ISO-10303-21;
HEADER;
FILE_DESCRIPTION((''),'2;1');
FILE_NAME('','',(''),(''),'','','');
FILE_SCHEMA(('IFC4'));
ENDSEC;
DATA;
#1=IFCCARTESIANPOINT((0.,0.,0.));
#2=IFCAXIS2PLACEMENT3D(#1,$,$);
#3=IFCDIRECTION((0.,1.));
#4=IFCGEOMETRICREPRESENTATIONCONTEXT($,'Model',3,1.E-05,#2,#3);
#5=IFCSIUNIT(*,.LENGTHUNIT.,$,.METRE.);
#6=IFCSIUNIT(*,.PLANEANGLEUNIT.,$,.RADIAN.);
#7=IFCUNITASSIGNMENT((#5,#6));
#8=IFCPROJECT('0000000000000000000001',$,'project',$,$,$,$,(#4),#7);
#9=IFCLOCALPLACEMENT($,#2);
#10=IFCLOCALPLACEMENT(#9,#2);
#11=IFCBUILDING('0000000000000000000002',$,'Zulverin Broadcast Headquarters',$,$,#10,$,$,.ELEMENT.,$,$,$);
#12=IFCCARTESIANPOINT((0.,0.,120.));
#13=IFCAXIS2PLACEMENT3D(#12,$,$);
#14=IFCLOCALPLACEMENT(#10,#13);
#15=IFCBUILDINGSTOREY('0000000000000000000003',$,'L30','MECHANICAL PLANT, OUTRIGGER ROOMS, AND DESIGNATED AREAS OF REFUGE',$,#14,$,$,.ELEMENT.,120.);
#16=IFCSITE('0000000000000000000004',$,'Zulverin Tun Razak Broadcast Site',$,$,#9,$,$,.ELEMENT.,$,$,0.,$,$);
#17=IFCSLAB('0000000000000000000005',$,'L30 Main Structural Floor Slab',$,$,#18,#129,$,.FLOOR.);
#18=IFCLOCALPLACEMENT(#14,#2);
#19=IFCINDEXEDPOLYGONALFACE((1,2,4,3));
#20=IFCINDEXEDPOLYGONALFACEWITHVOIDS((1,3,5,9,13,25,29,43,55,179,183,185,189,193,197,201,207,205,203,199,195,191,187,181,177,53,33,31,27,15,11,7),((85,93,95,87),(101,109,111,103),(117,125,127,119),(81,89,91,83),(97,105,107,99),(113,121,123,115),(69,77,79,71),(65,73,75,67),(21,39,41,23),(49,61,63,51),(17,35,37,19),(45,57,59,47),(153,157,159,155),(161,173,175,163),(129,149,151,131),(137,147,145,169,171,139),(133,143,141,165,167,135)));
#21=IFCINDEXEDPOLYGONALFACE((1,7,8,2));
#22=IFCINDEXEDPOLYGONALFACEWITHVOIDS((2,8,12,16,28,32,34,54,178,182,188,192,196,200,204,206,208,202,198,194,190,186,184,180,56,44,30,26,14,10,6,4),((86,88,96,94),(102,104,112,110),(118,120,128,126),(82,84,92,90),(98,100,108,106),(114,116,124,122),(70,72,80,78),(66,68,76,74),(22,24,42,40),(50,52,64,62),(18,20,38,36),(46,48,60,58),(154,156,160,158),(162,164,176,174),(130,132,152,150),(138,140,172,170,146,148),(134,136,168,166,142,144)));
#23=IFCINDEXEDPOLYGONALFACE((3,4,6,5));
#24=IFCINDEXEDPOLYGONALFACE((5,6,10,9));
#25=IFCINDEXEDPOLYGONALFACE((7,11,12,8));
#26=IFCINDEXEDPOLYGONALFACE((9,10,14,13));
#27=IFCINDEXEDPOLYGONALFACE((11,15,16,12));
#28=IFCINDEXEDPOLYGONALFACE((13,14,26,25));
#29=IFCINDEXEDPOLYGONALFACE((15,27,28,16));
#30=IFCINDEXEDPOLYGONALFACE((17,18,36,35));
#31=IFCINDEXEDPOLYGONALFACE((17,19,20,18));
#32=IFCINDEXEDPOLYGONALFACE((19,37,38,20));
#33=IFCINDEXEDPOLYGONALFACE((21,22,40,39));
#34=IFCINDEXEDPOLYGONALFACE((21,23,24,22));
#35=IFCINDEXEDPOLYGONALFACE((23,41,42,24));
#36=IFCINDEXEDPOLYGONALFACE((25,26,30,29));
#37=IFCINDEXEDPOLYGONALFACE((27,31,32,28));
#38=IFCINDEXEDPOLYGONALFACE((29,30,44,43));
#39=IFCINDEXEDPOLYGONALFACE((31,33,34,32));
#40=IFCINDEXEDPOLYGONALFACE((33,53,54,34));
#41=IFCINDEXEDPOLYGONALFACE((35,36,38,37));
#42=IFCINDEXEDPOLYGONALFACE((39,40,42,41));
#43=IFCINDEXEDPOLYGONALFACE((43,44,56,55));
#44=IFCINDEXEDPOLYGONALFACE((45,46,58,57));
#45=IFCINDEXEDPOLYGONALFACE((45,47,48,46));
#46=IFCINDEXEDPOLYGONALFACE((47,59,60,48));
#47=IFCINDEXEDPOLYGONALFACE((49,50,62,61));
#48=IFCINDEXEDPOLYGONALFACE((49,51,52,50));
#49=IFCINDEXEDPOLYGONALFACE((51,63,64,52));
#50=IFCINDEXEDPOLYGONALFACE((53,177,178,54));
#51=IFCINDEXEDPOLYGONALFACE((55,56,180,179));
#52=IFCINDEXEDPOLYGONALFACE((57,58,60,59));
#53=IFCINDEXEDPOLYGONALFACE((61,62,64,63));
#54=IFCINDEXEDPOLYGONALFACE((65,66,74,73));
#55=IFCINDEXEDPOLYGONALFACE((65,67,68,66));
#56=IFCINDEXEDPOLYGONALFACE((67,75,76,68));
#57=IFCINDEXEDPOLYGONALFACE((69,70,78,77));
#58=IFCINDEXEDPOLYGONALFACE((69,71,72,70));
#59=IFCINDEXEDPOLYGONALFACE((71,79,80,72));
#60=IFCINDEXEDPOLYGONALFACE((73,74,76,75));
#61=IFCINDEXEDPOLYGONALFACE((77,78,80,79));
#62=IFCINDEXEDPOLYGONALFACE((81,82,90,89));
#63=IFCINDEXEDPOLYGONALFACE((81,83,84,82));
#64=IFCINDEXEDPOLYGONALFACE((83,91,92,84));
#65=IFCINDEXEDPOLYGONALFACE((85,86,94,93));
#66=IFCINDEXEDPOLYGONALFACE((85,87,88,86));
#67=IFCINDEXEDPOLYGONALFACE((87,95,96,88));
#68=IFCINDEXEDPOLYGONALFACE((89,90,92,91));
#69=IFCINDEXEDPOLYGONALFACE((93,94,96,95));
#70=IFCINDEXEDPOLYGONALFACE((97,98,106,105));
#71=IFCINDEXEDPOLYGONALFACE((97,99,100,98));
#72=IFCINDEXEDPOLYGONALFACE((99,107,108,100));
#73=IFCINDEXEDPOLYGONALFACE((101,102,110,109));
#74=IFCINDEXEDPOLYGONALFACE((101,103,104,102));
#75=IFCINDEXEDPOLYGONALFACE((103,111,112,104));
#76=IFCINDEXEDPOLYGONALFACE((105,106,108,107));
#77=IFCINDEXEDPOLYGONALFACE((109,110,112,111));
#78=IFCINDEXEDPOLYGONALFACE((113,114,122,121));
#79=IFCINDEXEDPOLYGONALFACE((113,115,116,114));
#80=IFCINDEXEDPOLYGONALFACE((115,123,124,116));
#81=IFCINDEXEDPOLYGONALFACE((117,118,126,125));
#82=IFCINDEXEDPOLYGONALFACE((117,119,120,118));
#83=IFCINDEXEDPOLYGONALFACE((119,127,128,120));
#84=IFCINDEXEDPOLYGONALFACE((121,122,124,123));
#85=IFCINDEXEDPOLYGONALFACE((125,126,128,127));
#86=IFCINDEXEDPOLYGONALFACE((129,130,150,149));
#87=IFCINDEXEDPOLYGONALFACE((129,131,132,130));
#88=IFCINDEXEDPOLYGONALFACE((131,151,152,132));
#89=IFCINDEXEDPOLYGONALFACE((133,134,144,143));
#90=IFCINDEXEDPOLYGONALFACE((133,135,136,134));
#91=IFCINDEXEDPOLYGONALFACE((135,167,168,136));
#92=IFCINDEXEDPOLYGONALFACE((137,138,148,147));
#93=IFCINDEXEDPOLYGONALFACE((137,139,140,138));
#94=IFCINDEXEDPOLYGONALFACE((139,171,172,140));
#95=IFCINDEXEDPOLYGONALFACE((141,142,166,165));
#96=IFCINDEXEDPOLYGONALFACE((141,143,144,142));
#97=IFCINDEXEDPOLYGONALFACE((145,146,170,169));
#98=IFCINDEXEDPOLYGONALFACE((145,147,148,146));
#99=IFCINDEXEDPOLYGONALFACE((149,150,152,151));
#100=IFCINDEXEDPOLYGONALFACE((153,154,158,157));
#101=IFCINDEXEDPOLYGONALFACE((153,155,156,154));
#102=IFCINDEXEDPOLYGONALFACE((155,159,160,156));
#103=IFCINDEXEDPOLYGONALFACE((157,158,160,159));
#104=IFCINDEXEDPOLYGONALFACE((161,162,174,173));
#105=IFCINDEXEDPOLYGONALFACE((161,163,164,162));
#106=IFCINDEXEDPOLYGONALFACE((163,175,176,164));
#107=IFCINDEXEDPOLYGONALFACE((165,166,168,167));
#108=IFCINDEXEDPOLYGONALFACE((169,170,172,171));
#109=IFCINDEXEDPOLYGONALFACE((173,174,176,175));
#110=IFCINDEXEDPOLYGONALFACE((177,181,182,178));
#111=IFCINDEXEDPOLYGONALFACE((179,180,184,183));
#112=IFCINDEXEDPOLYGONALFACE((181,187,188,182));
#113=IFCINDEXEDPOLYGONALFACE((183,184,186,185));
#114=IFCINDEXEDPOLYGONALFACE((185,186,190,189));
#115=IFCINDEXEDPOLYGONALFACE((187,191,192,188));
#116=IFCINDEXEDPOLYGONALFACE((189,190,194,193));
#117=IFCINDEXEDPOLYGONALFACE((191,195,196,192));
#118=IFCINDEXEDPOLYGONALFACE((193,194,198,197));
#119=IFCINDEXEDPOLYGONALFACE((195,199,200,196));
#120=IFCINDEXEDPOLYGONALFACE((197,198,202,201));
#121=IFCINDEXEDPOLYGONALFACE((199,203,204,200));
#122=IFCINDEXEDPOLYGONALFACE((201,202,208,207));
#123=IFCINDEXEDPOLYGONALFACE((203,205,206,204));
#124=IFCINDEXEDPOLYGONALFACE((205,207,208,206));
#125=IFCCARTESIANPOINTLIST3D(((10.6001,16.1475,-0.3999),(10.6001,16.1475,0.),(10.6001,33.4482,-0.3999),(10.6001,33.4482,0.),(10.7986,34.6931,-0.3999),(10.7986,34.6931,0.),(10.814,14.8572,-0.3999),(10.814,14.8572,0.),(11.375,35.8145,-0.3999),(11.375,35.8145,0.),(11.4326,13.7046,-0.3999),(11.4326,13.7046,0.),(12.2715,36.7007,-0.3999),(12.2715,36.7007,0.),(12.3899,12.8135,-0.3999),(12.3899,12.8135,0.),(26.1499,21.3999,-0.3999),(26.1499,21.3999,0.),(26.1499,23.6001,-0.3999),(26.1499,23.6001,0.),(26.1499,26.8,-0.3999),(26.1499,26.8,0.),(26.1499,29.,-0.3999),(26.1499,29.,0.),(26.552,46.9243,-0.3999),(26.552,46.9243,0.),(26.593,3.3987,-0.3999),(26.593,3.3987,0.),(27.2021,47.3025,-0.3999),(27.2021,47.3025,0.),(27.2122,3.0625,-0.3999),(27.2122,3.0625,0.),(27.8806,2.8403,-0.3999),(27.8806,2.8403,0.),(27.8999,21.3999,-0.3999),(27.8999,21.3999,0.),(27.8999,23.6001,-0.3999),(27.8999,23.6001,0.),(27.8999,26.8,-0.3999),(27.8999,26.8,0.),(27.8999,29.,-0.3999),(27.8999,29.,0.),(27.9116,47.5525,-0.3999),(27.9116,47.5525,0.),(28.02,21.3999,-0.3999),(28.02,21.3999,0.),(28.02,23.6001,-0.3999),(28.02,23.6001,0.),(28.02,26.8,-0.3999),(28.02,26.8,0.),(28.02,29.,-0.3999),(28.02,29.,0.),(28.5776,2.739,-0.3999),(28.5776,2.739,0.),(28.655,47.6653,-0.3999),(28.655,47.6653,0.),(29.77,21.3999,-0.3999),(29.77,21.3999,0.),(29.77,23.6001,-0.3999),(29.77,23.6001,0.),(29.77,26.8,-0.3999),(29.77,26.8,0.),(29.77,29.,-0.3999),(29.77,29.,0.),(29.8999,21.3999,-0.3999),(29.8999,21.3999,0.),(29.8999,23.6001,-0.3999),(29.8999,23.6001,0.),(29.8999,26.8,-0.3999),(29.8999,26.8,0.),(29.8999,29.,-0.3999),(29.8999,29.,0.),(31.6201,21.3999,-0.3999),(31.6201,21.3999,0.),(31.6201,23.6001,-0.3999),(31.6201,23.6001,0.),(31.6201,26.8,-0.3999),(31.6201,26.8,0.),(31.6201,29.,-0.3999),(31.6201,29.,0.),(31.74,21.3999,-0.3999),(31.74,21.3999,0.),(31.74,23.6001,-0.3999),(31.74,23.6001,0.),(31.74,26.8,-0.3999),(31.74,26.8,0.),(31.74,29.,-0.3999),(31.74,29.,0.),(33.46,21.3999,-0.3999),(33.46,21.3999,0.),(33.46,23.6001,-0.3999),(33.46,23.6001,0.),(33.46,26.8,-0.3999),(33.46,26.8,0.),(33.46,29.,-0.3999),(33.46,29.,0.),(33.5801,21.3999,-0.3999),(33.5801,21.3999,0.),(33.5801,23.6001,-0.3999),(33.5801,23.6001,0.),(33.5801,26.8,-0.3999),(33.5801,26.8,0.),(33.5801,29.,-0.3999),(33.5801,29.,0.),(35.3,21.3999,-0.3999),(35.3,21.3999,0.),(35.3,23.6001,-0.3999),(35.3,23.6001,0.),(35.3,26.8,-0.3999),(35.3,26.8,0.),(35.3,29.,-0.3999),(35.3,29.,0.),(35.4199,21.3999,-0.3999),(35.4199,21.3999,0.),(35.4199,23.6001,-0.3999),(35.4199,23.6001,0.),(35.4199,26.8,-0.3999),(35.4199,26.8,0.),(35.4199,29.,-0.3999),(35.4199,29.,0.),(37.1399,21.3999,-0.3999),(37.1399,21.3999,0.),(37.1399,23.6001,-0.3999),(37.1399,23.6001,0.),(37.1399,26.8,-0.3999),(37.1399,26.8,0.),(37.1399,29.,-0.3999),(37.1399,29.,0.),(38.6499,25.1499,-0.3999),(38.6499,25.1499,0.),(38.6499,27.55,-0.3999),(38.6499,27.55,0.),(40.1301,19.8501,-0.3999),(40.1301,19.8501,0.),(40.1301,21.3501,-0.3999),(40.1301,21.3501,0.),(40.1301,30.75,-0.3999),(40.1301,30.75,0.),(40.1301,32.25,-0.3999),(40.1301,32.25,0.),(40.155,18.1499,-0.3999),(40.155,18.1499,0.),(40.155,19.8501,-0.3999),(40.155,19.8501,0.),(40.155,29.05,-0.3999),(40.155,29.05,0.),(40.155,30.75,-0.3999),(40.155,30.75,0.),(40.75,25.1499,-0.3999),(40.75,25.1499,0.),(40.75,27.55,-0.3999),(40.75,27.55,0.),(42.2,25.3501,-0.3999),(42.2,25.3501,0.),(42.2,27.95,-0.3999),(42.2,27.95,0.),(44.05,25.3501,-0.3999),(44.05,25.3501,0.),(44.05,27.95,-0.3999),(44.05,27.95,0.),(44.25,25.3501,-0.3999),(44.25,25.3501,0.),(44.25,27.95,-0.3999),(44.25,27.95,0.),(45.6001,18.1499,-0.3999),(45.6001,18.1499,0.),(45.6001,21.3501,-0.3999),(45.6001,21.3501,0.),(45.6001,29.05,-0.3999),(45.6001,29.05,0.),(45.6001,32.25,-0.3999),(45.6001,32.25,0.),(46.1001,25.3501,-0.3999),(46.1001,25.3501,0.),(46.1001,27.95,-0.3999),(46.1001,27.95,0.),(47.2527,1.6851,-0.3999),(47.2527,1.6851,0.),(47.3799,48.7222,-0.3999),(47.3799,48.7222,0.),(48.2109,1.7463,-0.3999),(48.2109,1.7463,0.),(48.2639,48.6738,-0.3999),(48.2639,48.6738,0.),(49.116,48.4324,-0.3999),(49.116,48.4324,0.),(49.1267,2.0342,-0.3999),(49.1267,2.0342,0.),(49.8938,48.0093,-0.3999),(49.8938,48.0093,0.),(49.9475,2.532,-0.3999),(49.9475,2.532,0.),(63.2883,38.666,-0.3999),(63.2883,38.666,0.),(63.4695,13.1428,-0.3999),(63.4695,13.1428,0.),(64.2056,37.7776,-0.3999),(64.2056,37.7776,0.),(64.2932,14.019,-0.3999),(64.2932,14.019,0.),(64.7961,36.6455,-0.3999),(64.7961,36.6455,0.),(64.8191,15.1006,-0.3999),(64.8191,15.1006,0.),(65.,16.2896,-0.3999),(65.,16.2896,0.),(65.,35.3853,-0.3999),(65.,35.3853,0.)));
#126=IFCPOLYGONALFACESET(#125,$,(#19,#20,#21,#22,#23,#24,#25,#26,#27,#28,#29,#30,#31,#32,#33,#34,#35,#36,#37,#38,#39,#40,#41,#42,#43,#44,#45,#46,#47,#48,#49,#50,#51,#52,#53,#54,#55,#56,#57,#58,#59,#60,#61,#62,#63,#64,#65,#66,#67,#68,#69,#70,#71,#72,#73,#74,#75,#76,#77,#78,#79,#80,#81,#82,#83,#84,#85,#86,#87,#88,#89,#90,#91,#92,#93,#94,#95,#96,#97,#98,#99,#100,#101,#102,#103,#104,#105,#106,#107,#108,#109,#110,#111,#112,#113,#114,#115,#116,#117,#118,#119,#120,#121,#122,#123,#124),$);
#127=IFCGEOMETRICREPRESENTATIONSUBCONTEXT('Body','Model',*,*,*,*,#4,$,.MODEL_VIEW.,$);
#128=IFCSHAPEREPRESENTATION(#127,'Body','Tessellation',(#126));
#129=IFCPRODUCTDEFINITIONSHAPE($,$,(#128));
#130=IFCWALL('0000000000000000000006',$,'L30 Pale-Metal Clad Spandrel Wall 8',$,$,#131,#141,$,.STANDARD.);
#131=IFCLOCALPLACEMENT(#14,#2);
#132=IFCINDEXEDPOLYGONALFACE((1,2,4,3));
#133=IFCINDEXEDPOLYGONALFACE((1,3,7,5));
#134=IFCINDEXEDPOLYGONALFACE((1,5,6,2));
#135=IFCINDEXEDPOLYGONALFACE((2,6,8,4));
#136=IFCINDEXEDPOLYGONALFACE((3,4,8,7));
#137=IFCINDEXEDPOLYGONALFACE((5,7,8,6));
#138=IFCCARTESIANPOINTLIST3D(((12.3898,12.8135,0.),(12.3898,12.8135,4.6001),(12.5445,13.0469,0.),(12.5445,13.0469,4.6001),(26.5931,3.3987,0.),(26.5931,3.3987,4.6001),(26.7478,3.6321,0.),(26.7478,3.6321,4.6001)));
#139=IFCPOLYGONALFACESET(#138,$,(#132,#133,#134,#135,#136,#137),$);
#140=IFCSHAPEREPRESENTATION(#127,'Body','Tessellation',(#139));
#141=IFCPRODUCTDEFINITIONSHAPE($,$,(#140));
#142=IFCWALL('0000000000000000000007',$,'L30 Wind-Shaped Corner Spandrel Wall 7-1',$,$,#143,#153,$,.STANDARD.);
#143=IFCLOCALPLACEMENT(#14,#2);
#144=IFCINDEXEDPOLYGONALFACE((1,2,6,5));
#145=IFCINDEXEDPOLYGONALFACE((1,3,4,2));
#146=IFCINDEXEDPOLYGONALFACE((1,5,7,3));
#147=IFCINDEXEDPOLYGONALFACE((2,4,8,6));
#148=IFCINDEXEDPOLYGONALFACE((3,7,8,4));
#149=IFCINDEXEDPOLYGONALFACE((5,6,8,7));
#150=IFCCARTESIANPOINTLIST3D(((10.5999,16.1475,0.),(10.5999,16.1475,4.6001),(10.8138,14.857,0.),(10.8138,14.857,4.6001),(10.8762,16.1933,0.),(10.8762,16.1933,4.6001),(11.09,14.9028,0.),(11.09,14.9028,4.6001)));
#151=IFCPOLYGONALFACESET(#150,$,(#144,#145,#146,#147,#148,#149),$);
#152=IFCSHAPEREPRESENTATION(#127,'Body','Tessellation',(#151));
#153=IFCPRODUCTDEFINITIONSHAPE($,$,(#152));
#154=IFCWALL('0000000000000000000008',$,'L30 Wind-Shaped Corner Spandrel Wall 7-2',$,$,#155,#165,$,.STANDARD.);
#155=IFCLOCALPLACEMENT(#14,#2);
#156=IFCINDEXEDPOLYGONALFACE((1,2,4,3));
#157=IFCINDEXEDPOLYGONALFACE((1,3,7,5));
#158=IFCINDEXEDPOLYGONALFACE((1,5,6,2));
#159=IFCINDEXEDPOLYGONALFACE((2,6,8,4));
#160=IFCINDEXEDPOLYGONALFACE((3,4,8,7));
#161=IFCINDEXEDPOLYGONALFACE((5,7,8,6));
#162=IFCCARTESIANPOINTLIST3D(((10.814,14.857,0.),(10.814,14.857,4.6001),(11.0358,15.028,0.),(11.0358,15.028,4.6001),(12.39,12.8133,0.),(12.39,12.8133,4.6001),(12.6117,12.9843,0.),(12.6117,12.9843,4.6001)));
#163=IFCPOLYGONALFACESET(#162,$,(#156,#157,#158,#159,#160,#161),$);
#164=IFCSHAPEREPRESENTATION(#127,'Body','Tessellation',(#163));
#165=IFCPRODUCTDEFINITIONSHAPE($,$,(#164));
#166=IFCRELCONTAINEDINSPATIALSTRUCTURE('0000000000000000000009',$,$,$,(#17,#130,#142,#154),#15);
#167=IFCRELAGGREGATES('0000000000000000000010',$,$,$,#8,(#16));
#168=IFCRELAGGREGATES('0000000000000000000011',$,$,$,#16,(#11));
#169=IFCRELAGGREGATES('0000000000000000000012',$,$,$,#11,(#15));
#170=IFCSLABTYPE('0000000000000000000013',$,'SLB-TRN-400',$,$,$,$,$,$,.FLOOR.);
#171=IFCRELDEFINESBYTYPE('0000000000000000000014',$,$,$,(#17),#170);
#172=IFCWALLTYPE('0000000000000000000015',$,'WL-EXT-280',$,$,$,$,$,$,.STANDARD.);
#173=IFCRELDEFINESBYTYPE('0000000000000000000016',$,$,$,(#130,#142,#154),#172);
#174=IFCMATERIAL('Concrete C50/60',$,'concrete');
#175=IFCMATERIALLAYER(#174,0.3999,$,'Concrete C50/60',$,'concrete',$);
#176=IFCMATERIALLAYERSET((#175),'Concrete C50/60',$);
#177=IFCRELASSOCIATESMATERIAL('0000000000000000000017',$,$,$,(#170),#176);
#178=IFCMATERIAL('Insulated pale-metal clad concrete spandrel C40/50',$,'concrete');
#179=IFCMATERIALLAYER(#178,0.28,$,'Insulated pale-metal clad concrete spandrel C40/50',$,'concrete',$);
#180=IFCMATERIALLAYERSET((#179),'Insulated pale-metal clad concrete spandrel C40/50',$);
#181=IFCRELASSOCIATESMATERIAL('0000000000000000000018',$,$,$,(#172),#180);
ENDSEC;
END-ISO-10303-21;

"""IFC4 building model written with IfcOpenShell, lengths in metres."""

from ifc_helpers import new_model, si_unit, direction, frame, frame_2d, origin, place, context, subcontext, project, spatial, polyline, rectangle, outline, extrude, material, layer, layer_set, type_object, element, save


model = new_model("IFC4")

# Units and contexts
model_context = context("Model", 3, precision=1e-05, world=origin(), true_north=direction((0.0, 1.0)))
body_context = subcontext(model_context, "Body", "Model", "MODEL_VIEW")
ifc_project = project(units=[si_unit("LENGTHUNIT", "METRE"), si_unit("PLANEANGLEUNIT", "RADIAN")], contexts=[model_context])

# Site, building, storey
site_placement = place(None, origin())
site = spatial("IfcSite", under=ifc_project, at=site_placement, Name="Zulverin Tun Razak Broadcast Site", CompositionType="ELEMENT", RefElevation=0.0)
building_placement = place(site_placement, origin())
building = spatial("IfcBuilding", under=site, at=building_placement, Name="Zulverin Broadcast Headquarters", CompositionType="ELEMENT")
storey_placement = place(building_placement, frame((0.0, 0.0, 120.0)))
storey = spatial("IfcBuildingStorey", under=building, at=storey_placement, Name="L30", Description="MECHANICAL PLANT, OUTRIGGER ROOMS, AND DESIGNATED AREAS OF REFUGE", CompositionType="ELEMENT", Elevation=120.0)

# Slab
ifc_material_1 = material(Name="Concrete C50/60", Category="concrete")
ifc_layer_1 = layer(ifc_material_1, 0.3999, Name="Concrete C50/60", Category="concrete")
ifc_layer_set_1 = layer_set([ifc_layer_1], Name="Concrete C50/60")
slab_type_1 = type_object("IfcSlabType", Name="SLB-TRN-400", PredefinedType="FLOOR", material=ifc_layer_set_1)
slab_1_placement = place(storey_placement, frame((0.0, 0.0, -0.3999)))
element("IfcSlab", 1, at=slab_1_placement, inside=storey, type_object=slab_type_1, Name="L30 Main Structural Floor Slab", PredefinedType="FLOOR", context=body_context, shape_type="SweptSolid", body=[
    extrude(outline(polyline([(26.593, 3.3987), (27.2122, 3.0625), (27.8806, 2.8403), (28.5776, 2.739), (47.2527, 1.6851), (48.2109, 1.7463), (49.1267, 2.0342), (49.9475, 2.532), (63.4695, 13.1428), (64.2932, 14.019), (64.8191, 15.1006), (65.0, 16.2896), (65.0, 35.3853), (64.7961, 36.6455), (64.2056, 37.7776), (63.2883, 38.666), (49.8938, 48.0093), (49.116, 48.4324), (48.2639, 48.6738), (47.3799, 48.7222), (28.655, 47.6653), (27.9116, 47.5525), (27.2021, 47.3025), (26.552, 46.9243), (12.2715, 36.7007), (11.375, 35.8145), (10.7986, 34.6931), (10.6001, 33.4482), (10.6001, 16.1475), (10.814, 14.8572), (11.4326, 13.7046), (12.3899, 12.8135), (26.593, 3.3987)]), holes=[polyline([(40.155, 30.75), (40.1301, 30.75), (40.1301, 32.25), (45.6001, 32.25), (45.6001, 29.05), (40.155, 29.05), (40.155, 30.75)]), polyline([(40.155, 19.8501), (40.1301, 19.8501), (40.1301, 21.3501), (45.6001, 21.3501), (45.6001, 18.1499), (40.155, 18.1499), (40.155, 19.8501)]), polyline([(26.1499, 26.8), (27.8999, 26.8), (27.8999, 29.0), (26.1499, 29.0), (26.1499, 26.8)]), polyline([(28.02, 26.8), (29.77, 26.8), (29.77, 29.0), (28.02, 29.0), (28.02, 26.8)]), polyline([(26.1499, 21.3999), (27.8999, 21.3999), (27.8999, 23.6001), (26.1499, 23.6001), (26.1499, 21.3999)]), polyline([(28.02, 21.3999), (29.77, 21.3999), (29.77, 23.6001), (28.02, 23.6001), (28.02, 21.3999)]), polyline([(29.8999, 21.3999), (31.6201, 21.3999), (31.6201, 23.6001), (29.8999, 23.6001), (29.8999, 21.3999)]), polyline([(31.74, 21.3999), (33.46, 21.3999), (33.46, 23.6001), (31.74, 23.6001), (31.74, 21.3999)]), polyline([(33.5801, 21.3999), (35.3, 21.3999), (35.3, 23.6001), (33.5801, 23.6001), (33.5801, 21.3999)]), polyline([(35.4199, 21.3999), (37.1399, 21.3999), (37.1399, 23.6001), (35.4199, 23.6001), (35.4199, 21.3999)]), polyline([(29.8999, 26.8), (31.6201, 26.8), (31.6201, 29.0), (29.8999, 29.0), (29.8999, 26.8)]), polyline([(31.74, 26.8), (33.46, 26.8), (33.46, 29.0), (31.74, 29.0), (31.74, 26.8)]), polyline([(33.5801, 26.8), (35.3, 26.8), (35.3, 29.0), (33.5801, 29.0), (33.5801, 26.8)]), polyline([(35.4199, 26.8), (37.1399, 26.8), (37.1399, 29.0), (35.4199, 29.0), (35.4199, 26.8)]), polyline([(42.2, 25.3501), (44.05, 25.3501), (44.05, 27.95), (42.2, 27.95), (42.2, 25.3501)]), polyline([(44.25, 25.3501), (46.1001, 25.3501), (46.1001, 27.95), (44.25, 27.95), (44.25, 25.3501)]), polyline([(38.6499, 25.1499), (40.75, 25.1499), (40.75, 27.55), (38.6499, 27.55), (38.6499, 25.1499)])]), origin(), (0.0, 0.0, 1.0), 0.3999),
])

# Walls
ifc_material_2 = material(Name="Insulated pale-metal clad concrete spandrel C40/50", Category="concrete")
ifc_layer_2 = layer(ifc_material_2, 0.28, Name="Insulated pale-metal clad concrete spandrel C40/50", Category="concrete")
ifc_layer_set_2 = layer_set([ifc_layer_2], Name="Insulated pale-metal clad concrete spandrel C40/50")
wall_type_1 = type_object("IfcWallType", Name="WL-EXT-280", PredefinedType="STANDARD", material=ifc_layer_set_2)
wall_1_placement = place(storey_placement, frame((12.4673, 12.9302, 0.0), z_axis=(0.0, 0.0, 1.0), x_axis=(0.833509, -0.552506, 0.0)))
element("IfcWall", 2, at=wall_1_placement, inside=storey, type_object=wall_type_1, Name="L30 Pale-Metal Clad Spandrel Wall 8", PredefinedType="STANDARD", context=body_context, shape_type="SweptSolid", body=[
    extrude(rectangle(XDim=17.0403, YDim=0.28, at=frame_2d((8.52, 0.0))), origin(), (0.0, 0.0, 1.0), 4.6001),
])
wall_2_placement = place(storey_placement, frame((10.738, 16.1704, 0.0), z_axis=(0.0, 0.0, 1.0), x_axis=(0.163491, -0.986545, 0.0)))
element("IfcWall", 3, at=wall_2_placement, inside=storey, type_object=wall_type_1, Name="L30 Wind-Shaped Corner Spandrel Wall 7-1", PredefinedType="STANDARD", context=body_context, shape_type="SweptSolid", body=[
    extrude(rectangle(XDim=1.3081, YDim=0.28, at=frame_2d((0.6541, 0.0))), origin(), (0.0, 0.0, 1.0), 4.6001),
])
wall_3_placement = place(storey_placement, frame((10.9248, 14.9426, 0.0), z_axis=(0.0, 0.0, 1.0), x_axis=(0.610648, -0.791903, 0.0)))
element("IfcWall", 4, at=wall_3_placement, inside=storey, type_object=wall_type_1, Name="L30 Wind-Shaped Corner Spandrel Wall 7-2", PredefinedType="STANDARD", context=body_context, shape_type="SweptSolid", body=[
    extrude(rectangle(XDim=2.5808, YDim=0.28, at=frame_2d((1.2905, 0.0))), origin(), (0.0, 0.0, 1.0), 4.6001),
])

save(model, "model.ifc")
